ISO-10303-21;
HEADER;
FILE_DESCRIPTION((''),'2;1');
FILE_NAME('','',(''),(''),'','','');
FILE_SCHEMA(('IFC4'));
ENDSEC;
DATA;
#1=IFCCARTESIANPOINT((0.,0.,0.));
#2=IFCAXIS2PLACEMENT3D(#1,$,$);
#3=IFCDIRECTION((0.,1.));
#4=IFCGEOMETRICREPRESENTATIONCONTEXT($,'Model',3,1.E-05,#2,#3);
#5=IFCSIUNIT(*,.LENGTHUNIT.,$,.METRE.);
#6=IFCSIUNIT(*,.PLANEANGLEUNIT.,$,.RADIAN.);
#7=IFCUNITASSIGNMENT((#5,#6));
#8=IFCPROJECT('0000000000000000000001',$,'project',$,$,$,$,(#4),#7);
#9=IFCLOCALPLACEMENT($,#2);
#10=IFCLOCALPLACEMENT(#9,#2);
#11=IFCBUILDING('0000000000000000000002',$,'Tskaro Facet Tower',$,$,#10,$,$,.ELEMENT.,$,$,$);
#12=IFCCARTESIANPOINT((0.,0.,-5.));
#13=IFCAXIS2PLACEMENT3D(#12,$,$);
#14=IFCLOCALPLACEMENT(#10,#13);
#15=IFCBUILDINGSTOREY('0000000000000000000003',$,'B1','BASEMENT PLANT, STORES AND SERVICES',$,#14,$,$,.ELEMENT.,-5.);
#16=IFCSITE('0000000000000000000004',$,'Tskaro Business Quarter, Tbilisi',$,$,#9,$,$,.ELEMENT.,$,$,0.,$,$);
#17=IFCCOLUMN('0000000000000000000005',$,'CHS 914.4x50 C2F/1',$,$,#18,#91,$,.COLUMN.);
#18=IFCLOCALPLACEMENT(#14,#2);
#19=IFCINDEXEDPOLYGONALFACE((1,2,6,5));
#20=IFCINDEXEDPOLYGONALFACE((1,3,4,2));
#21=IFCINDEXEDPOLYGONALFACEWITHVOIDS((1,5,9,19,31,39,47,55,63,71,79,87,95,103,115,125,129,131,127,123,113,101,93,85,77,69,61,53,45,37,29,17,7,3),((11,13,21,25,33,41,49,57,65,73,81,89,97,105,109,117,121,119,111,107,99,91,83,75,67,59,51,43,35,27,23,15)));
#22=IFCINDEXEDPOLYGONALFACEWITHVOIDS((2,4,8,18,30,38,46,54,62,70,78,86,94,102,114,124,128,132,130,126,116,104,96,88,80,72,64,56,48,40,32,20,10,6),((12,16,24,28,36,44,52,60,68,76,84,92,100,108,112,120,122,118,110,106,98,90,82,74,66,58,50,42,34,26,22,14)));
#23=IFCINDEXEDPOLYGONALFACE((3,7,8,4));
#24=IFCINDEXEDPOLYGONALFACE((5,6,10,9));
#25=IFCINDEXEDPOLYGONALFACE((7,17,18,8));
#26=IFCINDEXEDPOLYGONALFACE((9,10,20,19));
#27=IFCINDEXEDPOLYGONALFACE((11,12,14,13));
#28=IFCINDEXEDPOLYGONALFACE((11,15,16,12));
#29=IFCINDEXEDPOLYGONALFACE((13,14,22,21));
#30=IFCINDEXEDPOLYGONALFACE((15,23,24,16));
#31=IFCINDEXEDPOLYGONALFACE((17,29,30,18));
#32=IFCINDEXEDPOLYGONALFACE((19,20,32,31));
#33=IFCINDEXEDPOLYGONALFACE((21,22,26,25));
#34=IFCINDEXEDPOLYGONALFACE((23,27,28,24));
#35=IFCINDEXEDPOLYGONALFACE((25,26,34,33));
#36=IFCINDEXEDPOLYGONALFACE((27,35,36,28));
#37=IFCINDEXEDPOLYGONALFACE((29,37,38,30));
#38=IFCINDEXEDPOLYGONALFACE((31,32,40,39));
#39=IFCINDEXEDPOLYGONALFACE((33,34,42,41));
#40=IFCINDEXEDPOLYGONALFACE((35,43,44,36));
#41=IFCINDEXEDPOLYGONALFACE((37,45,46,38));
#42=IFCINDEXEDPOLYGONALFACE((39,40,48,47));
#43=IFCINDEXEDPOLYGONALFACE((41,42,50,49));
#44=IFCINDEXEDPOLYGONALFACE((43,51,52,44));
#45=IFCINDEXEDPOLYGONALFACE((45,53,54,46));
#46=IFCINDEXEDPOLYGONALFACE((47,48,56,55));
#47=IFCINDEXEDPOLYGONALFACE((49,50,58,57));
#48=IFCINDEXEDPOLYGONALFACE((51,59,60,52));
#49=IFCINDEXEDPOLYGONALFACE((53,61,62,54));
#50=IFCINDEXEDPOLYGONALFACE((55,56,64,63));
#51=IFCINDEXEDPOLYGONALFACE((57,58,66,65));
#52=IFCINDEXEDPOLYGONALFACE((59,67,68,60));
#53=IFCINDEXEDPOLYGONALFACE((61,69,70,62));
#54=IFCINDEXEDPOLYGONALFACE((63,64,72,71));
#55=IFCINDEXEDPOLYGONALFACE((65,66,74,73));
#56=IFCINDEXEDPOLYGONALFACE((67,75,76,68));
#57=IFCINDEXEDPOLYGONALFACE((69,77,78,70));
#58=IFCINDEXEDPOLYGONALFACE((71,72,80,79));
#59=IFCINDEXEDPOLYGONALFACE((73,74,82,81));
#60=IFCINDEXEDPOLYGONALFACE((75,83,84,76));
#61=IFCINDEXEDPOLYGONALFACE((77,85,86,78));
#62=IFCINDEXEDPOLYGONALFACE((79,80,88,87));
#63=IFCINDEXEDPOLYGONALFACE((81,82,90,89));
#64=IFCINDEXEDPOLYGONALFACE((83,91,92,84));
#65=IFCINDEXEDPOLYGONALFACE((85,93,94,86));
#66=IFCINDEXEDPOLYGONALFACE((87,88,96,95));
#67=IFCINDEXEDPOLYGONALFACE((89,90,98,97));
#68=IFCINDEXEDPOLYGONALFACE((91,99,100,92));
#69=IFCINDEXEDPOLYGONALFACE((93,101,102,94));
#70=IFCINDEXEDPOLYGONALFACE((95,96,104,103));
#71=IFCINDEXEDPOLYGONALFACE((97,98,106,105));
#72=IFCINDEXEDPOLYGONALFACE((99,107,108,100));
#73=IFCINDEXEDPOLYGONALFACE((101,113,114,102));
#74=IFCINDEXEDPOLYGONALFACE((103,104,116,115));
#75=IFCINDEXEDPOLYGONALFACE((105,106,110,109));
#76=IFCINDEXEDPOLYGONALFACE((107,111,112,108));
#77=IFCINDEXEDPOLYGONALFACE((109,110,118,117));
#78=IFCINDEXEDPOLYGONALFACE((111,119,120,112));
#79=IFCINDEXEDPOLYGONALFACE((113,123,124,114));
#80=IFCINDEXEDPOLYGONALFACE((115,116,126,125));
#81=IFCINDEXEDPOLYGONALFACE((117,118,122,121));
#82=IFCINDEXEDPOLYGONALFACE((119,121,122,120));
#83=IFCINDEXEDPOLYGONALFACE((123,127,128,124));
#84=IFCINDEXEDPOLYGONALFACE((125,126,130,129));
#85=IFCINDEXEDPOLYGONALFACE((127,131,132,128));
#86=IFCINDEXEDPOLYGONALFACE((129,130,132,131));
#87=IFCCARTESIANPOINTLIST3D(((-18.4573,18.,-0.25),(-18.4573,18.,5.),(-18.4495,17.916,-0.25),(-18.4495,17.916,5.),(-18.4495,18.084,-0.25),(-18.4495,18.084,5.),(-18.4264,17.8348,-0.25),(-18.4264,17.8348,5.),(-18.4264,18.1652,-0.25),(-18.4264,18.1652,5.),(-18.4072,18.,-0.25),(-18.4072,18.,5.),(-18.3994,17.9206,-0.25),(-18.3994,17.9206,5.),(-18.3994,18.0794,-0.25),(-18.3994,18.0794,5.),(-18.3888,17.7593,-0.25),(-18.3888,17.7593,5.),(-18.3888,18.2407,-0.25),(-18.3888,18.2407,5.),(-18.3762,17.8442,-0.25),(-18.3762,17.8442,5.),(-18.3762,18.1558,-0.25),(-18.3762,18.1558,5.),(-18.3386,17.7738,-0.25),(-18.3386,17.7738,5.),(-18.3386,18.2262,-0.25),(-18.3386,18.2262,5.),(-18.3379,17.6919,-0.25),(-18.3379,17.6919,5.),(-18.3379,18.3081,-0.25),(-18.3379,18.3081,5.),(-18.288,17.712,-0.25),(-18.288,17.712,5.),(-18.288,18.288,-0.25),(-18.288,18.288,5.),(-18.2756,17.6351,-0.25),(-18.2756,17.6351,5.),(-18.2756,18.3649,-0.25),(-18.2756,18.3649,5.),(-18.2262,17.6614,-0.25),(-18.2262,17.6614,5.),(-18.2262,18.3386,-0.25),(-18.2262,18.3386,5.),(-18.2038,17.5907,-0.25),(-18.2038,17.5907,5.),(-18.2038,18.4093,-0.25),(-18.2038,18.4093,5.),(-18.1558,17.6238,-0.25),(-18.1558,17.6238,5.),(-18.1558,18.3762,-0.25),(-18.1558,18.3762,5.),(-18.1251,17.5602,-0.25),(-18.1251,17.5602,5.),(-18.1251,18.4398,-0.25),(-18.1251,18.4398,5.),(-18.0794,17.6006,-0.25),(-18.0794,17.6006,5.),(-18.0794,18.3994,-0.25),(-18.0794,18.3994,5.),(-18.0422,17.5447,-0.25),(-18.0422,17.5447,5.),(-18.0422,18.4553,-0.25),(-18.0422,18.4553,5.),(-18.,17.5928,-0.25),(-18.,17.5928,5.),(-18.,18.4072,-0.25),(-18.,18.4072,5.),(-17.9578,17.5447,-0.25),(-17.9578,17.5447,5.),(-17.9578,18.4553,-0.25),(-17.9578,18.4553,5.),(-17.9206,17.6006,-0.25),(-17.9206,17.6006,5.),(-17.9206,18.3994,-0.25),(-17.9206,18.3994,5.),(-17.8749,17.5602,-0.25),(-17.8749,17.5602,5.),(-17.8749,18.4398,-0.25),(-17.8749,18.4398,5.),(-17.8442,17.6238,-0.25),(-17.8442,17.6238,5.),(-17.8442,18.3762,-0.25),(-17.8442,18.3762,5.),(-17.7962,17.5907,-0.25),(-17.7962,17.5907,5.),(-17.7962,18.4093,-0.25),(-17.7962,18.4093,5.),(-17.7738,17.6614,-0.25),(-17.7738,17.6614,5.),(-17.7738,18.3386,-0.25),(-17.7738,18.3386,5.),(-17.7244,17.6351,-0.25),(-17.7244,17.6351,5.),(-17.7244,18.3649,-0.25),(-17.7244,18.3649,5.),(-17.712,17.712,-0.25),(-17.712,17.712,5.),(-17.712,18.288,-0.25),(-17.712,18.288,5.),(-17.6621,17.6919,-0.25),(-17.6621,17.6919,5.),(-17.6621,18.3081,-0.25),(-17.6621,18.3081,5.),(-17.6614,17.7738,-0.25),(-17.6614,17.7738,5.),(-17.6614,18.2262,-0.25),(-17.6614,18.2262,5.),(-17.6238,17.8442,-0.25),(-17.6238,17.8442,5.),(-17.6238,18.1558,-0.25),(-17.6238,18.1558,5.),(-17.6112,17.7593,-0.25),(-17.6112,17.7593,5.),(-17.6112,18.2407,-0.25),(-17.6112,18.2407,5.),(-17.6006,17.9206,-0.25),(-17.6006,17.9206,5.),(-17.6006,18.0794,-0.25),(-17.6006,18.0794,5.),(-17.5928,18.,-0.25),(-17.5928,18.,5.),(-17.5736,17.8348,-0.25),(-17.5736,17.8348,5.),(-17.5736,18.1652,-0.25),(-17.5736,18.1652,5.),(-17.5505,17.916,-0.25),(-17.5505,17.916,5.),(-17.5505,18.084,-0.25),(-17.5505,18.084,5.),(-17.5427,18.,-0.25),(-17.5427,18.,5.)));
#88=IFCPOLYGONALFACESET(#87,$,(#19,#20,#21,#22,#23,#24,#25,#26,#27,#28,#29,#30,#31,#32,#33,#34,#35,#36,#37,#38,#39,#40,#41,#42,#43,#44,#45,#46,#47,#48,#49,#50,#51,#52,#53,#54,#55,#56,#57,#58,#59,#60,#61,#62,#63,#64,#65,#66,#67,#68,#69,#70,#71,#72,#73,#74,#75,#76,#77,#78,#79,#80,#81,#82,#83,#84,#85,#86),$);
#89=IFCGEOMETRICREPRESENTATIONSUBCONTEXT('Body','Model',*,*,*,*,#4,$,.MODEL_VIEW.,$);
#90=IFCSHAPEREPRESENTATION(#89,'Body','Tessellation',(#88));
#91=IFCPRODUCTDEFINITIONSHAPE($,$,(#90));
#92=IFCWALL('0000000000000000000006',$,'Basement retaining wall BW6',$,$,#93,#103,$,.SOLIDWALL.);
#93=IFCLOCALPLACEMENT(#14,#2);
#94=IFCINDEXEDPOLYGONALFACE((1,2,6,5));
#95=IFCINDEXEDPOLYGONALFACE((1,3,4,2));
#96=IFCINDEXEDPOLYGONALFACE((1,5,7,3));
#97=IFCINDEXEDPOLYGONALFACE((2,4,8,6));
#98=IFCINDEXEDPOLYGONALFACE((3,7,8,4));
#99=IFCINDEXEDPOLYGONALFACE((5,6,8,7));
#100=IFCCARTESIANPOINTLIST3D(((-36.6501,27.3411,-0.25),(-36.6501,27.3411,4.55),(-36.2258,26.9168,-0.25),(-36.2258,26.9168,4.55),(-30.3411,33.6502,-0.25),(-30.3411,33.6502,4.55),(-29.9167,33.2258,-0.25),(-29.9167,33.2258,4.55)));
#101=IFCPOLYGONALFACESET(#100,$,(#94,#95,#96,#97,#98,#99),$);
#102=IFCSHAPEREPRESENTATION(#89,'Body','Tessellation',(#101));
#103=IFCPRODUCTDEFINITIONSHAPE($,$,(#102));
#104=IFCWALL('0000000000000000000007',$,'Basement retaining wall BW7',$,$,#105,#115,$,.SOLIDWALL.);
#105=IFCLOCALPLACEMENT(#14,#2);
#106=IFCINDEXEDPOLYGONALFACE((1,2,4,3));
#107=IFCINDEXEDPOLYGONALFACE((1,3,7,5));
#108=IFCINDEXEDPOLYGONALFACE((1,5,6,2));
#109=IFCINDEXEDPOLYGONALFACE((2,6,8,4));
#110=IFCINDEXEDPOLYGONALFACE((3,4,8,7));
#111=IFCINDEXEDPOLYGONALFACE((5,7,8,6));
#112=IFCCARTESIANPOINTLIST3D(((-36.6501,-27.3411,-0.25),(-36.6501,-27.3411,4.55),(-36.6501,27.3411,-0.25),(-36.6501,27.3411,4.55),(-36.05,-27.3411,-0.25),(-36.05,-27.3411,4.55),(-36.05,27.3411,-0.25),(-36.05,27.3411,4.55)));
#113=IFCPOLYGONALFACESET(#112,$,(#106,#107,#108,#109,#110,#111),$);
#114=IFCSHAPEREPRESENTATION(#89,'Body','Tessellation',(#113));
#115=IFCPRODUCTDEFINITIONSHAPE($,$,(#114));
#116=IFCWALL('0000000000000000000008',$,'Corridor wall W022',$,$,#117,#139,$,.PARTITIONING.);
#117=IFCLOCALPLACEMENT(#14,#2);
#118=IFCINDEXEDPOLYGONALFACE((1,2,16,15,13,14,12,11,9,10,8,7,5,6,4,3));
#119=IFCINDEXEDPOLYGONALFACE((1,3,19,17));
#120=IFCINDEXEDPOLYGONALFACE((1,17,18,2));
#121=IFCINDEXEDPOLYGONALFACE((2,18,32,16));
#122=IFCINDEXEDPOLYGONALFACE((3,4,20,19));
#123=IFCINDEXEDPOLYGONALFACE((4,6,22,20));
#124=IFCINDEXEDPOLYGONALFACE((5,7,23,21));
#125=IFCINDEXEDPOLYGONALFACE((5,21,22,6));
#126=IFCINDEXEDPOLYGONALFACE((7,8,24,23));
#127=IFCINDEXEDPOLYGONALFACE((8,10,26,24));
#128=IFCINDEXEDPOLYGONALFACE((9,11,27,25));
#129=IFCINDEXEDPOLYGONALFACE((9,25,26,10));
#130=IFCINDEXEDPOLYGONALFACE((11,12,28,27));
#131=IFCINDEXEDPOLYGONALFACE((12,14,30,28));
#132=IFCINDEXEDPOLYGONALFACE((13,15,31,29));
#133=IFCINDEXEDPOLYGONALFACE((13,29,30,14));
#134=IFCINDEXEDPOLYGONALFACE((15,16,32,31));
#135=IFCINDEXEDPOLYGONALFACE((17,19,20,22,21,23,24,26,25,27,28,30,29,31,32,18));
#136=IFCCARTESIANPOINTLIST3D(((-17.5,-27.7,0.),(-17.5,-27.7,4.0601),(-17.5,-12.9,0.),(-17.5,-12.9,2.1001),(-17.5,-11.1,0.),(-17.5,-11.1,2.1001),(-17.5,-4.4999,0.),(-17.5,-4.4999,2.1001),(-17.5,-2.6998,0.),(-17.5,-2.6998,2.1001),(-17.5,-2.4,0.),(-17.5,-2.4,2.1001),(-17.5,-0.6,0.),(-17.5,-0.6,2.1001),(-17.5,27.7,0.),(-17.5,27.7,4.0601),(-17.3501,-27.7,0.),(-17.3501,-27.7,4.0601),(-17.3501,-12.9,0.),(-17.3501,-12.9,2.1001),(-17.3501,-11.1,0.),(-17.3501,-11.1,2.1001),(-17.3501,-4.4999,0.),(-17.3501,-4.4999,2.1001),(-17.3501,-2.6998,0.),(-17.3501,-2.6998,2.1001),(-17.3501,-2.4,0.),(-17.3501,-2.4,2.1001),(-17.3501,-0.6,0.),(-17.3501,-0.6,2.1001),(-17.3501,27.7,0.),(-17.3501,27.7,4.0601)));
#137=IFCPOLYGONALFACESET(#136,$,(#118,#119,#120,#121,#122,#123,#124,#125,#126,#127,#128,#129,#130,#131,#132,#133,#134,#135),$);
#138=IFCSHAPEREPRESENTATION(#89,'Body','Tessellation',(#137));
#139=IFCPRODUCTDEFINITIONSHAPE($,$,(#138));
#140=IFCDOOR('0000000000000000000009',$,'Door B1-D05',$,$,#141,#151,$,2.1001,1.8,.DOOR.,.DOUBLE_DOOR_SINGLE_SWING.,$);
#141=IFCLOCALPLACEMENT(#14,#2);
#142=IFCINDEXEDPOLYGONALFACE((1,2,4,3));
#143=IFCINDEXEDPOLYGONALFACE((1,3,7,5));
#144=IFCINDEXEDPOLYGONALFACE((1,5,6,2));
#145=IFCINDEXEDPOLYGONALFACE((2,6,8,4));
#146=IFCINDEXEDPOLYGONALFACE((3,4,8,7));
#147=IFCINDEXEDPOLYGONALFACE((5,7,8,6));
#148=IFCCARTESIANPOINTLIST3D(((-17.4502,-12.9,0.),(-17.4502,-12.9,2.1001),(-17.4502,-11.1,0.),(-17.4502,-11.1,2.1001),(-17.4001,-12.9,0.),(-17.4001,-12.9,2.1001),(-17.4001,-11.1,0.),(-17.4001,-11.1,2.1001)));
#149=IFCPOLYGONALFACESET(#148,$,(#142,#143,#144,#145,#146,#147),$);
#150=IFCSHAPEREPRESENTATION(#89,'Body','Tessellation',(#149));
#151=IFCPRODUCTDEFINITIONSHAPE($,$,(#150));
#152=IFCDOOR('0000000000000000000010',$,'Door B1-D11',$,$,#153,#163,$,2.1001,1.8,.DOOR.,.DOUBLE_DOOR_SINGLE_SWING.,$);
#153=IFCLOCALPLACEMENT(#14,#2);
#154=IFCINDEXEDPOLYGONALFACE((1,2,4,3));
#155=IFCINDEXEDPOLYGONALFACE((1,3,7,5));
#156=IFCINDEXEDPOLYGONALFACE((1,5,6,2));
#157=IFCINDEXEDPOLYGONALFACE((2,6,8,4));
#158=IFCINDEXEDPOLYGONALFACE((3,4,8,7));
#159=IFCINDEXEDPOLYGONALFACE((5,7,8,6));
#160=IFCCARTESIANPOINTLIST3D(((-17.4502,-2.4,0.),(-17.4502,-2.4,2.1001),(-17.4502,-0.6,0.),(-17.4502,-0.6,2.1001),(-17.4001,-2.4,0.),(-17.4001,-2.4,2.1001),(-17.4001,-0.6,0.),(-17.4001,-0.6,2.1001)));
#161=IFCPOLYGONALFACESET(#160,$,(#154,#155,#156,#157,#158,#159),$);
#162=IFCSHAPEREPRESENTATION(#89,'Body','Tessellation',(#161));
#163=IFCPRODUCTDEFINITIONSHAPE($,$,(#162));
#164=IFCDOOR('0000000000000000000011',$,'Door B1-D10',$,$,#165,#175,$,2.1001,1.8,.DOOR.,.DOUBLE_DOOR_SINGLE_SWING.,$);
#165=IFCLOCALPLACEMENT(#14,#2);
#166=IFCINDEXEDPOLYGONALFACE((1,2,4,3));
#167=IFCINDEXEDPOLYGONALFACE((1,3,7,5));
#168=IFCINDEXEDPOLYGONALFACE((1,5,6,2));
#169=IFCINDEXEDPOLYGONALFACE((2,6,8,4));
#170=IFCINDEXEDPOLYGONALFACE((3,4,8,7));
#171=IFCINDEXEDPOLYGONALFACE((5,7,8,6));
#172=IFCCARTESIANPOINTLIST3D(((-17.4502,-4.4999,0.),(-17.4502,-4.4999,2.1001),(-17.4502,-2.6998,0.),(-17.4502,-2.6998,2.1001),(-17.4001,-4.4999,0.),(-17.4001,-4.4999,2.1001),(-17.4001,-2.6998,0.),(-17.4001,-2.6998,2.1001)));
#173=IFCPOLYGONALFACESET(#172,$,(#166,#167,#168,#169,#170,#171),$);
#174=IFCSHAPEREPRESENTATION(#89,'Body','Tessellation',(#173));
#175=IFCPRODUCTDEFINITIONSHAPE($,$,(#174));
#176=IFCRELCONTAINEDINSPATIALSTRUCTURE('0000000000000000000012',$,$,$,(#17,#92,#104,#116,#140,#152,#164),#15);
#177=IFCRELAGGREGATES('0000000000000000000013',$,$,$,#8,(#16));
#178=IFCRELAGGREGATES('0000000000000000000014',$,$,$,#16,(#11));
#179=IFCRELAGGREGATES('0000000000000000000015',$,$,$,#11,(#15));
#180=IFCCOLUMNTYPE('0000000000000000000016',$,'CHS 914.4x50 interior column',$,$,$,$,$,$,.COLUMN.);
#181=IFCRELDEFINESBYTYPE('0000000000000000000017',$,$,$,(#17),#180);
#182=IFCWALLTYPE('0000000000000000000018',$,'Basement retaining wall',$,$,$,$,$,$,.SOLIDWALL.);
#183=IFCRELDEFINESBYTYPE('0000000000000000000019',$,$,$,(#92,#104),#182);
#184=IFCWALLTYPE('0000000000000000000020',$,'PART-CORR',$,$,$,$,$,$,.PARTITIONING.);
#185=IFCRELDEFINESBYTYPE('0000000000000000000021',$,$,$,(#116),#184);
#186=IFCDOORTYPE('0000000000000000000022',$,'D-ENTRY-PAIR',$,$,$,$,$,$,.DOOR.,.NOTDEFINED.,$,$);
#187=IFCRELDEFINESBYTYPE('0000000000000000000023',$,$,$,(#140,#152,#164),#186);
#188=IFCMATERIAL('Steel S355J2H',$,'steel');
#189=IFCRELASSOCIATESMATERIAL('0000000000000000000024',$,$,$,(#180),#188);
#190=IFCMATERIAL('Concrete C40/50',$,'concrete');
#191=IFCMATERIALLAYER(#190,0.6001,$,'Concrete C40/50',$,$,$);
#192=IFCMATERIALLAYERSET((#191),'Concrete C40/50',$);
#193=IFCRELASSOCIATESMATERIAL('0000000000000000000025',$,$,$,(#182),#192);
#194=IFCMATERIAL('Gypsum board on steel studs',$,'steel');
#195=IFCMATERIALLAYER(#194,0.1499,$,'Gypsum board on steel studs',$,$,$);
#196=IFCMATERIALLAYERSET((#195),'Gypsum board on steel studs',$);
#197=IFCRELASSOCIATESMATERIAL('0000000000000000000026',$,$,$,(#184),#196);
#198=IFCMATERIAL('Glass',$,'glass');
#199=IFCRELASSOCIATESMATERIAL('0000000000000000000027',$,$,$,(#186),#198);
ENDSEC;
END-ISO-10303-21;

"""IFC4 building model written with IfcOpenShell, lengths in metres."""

from ifc_helpers import new_model, si_unit, direction, frame, frame_2d, origin, origin_2d, place, context, subcontext, project, spatial, rectangle, hollow_circle, extrude, material, layer, layer_set, material_profile, profile_set, type_object, element, fill, save


model = new_model("IFC4")

# Units and contexts
model_context = context("Model", 3, precision=1e-05, world=origin(), true_north=direction((0.0, 1.0)))
body_context = subcontext(model_context, "Body", "Model", "MODEL_VIEW")
ifc_project = project(units=[si_unit("LENGTHUNIT", "METRE"), si_unit("PLANEANGLEUNIT", "RADIAN")], contexts=[model_context])

# Site, building, storey
site_placement = place(None, origin())
site = spatial("IfcSite", under=ifc_project, at=site_placement, Name="Tskaro Business Quarter, Tbilisi", CompositionType="ELEMENT", RefElevation=0.0)
building_placement = place(site_placement, origin())
building = spatial("IfcBuilding", under=site, at=building_placement, Name="Tskaro Facet Tower", CompositionType="ELEMENT")
storey_placement = place(building_placement, frame((0.0, 0.0, -5.0)))
storey = spatial("IfcBuildingStorey", under=building, at=storey_placement, Name="B1", Description="BASEMENT PLANT, STORES AND SERVICES", CompositionType="ELEMENT", Elevation=-5.0)

# Column
ifc_material_1 = material(Name="Steel S355J2H", Category="steel")
ifc_material_profile_1 = material_profile(ifc_material_1, hollow_circle(Radius=0.4573, WallThickness=0.05, at=origin_2d()), Name="CHS 914.4x50")
ifc_profile_set_1 = profile_set([ifc_material_profile_1], Name="Steel S355J2H")
column_type_1 = type_object("IfcColumnType", Name="CHS 914.4x50 interior column", PredefinedType="COLUMN", material=ifc_profile_set_1)
column_placement = place(storey_placement, frame((-18.0, 18.0, -0.25), z_axis=(0.0, 0.0, 1.0), x_axis=(1.0, 0.0, 0.0)))
element("IfcColumn", 1, at=column_placement, inside=storey, type_object=column_type_1, Name="CHS 914.4x50 C2F/1", PredefinedType="COLUMN", context=body_context, shape_type="SweptSolid", body=[
    extrude(hollow_circle(Radius=0.4573, WallThickness=0.05, at=origin_2d()), origin(), (0.0, 0.0, 1.0), 5.25),
])

# Walls
ifc_material_2 = material(Name="Concrete C40/50", Category="concrete")
ifc_layer_1 = layer(ifc_material_2, 0.6001, Name="Concrete C40/50")
ifc_layer_set_1 = layer_set([ifc_layer_1], Name="Concrete C40/50")
wall_type_1 = type_object("IfcWallType", Name="Basement retaining wall", PredefinedType="SOLIDWALL", material=ifc_layer_set_1)
wall_1_placement = place(storey_placement, frame((-30.1289, 33.438, -0.25), z_axis=(0.0, 0.0, 1.0), x_axis=(-0.707107, -0.707107, 0.0)))
element("IfcWall", 2, at=wall_1_placement, inside=storey, type_object=wall_type_1, Name="Basement retaining wall BW6", PredefinedType="SOLIDWALL", context=body_context, shape_type="SweptSolid", body=[
    extrude(rectangle(XDim=8.9224, YDim=0.6001, at=frame_2d((4.4612, 0.0))), origin(), (0.0, 0.0, 1.0), 4.8),
])
wall_2_placement = place(storey_placement, frame((-36.3501, 27.3411, -0.25), z_axis=(0.0, 0.0, 1.0), x_axis=(0.0, -1.0, 0.0)))
element("IfcWall", 3, at=wall_2_placement, inside=storey, type_object=wall_type_1, Name="Basement retaining wall BW7", PredefinedType="SOLIDWALL", context=body_context, shape_type="SweptSolid", body=[
    extrude(rectangle(XDim=54.6821, YDim=0.6001, at=frame_2d((27.3411, 0.0))), origin(), (0.0, 0.0, 1.0), 4.8),
])

# Wall, openings, doors
ifc_material_3 = material(Name="Gypsum board on steel studs", Category="steel")
ifc_layer_2 = layer(ifc_material_3, 0.1499, Name="Gypsum board on steel studs")
ifc_layer_set_2 = layer_set([ifc_layer_2], Name="Gypsum board on steel studs")
wall_type_2 = type_object("IfcWallType", Name="PART-CORR", PredefinedType="PARTITIONING", material=ifc_layer_set_2)
wall_3_placement = place(storey_placement, frame((-17.425, 27.7, 0.0), z_axis=(0.0, 0.0, 1.0), x_axis=(0.0, -1.0, 0.0)))
wall_3 = element("IfcWall", 4, at=wall_3_placement, inside=storey, type_object=wall_type_2, Name="Corridor wall W022", PredefinedType="PARTITIONING", context=body_context, shape_type="SweptSolid", body=[
    extrude(rectangle(XDim=55.3999, YDim=0.1499, at=frame_2d((27.7, 0.0))), origin(), (0.0, 0.0, 1.0), 4.0601),
])
opening_1_placement = place(wall_3_placement, frame((38.8, 0.0, 0.0)))
opening_1 = element("IfcOpeningElement", 5, at=opening_1_placement, cuts=wall_3, PredefinedType="OPENING", context=body_context, shape_type="SweptSolid", body=[
    extrude(rectangle(XDim=1.8, YDim=2.1001, at=frame_2d((0.8999, 1.05))), frame((0.0, 0.085, 0.0), z_axis=(0.0, -1.0, 0.0), x_axis=(1.0, 0.0, 0.0)), (0.0, 0.0, 1.0), 0.1699),
])
opening_2_placement = place(wall_3_placement, frame((28.3, 0.0, 0.0)))
opening_2 = element("IfcOpeningElement", 6, at=opening_2_placement, cuts=wall_3, PredefinedType="OPENING", context=body_context, shape_type="SweptSolid", body=[
    extrude(rectangle(XDim=1.8, YDim=2.1001, at=frame_2d((0.8999, 1.05))), frame((0.0, 0.085, 0.0), z_axis=(0.0, -1.0, 0.0), x_axis=(1.0, 0.0, 0.0)), (0.0, 0.0, 1.0), 0.1699),
])
opening_3_placement = place(wall_3_placement, frame((30.3999, 0.0, 0.0)))
opening_3 = element("IfcOpeningElement", 7, at=opening_3_placement, cuts=wall_3, PredefinedType="OPENING", context=body_context, shape_type="SweptSolid", body=[
    extrude(rectangle(XDim=1.8, YDim=2.1001, at=frame_2d((0.8999, 1.05))), frame((0.0, 0.085, 0.0), z_axis=(0.0, -1.0, 0.0), x_axis=(1.0, 0.0, 0.0)), (0.0, 0.0, 1.0), 0.1699),
])
ifc_material_4 = material(Name="Glass", Category="glass")
door_type = type_object("IfcDoorType", Name="D-ENTRY-PAIR", OperationType="NOTDEFINED", PredefinedType="DOOR", material=ifc_material_4)
door_1_placement = place(opening_1_placement, origin())
door_1 = element("IfcDoor", 8, at=door_1_placement, inside=storey, type_object=door_type, Name="Door B1-D05", OperationType="DOUBLE_DOOR_SINGLE_SWING", OverallHeight=2.1001, OverallWidth=1.8, PredefinedType="DOOR", context=body_context, shape_type="SweptSolid", body=[
    extrude(rectangle(XDim=1.8, YDim=2.1001, at=frame_2d((0.8999, 1.05))), frame((0.0, 0.0249, 0.0), z_axis=(0.0, -1.0, 0.0), x_axis=(1.0, 0.0, 0.0)), (0.0, 0.0, 1.0), 0.05),
])
fill(opening_1, door_1)
door_2_placement = place(opening_2_placement, origin())
door_2 = element("IfcDoor", 9, at=door_2_placement, inside=storey, type_object=door_type, Name="Door B1-D11", OperationType="DOUBLE_DOOR_SINGLE_SWING", OverallHeight=2.1001, OverallWidth=1.8, PredefinedType="DOOR", context=body_context, shape_type="SweptSolid", body=[
    extrude(rectangle(XDim=1.8, YDim=2.1001, at=frame_2d((0.8999, 1.05))), frame((0.0, 0.0249, 0.0), z_axis=(0.0, -1.0, 0.0), x_axis=(1.0, 0.0, 0.0)), (0.0, 0.0, 1.0), 0.05),
])
fill(opening_2, door_2)
door_3_placement = place(opening_3_placement, origin())
door_3 = element("IfcDoor", 10, at=door_3_placement, inside=storey, type_object=door_type, Name="Door B1-D10", OperationType="DOUBLE_DOOR_SINGLE_SWING", OverallHeight=2.1001, OverallWidth=1.8, PredefinedType="DOOR", context=body_context, shape_type="SweptSolid", body=[
    extrude(rectangle(XDim=1.8, YDim=2.1001, at=frame_2d((0.8999, 1.05))), frame((0.0, 0.0249, 0.0), z_axis=(0.0, -1.0, 0.0), x_axis=(1.0, 0.0, 0.0)), (0.0, 0.0, 1.0), 0.05),
])
fill(opening_3, door_3)

save(model, "model.ifc")
